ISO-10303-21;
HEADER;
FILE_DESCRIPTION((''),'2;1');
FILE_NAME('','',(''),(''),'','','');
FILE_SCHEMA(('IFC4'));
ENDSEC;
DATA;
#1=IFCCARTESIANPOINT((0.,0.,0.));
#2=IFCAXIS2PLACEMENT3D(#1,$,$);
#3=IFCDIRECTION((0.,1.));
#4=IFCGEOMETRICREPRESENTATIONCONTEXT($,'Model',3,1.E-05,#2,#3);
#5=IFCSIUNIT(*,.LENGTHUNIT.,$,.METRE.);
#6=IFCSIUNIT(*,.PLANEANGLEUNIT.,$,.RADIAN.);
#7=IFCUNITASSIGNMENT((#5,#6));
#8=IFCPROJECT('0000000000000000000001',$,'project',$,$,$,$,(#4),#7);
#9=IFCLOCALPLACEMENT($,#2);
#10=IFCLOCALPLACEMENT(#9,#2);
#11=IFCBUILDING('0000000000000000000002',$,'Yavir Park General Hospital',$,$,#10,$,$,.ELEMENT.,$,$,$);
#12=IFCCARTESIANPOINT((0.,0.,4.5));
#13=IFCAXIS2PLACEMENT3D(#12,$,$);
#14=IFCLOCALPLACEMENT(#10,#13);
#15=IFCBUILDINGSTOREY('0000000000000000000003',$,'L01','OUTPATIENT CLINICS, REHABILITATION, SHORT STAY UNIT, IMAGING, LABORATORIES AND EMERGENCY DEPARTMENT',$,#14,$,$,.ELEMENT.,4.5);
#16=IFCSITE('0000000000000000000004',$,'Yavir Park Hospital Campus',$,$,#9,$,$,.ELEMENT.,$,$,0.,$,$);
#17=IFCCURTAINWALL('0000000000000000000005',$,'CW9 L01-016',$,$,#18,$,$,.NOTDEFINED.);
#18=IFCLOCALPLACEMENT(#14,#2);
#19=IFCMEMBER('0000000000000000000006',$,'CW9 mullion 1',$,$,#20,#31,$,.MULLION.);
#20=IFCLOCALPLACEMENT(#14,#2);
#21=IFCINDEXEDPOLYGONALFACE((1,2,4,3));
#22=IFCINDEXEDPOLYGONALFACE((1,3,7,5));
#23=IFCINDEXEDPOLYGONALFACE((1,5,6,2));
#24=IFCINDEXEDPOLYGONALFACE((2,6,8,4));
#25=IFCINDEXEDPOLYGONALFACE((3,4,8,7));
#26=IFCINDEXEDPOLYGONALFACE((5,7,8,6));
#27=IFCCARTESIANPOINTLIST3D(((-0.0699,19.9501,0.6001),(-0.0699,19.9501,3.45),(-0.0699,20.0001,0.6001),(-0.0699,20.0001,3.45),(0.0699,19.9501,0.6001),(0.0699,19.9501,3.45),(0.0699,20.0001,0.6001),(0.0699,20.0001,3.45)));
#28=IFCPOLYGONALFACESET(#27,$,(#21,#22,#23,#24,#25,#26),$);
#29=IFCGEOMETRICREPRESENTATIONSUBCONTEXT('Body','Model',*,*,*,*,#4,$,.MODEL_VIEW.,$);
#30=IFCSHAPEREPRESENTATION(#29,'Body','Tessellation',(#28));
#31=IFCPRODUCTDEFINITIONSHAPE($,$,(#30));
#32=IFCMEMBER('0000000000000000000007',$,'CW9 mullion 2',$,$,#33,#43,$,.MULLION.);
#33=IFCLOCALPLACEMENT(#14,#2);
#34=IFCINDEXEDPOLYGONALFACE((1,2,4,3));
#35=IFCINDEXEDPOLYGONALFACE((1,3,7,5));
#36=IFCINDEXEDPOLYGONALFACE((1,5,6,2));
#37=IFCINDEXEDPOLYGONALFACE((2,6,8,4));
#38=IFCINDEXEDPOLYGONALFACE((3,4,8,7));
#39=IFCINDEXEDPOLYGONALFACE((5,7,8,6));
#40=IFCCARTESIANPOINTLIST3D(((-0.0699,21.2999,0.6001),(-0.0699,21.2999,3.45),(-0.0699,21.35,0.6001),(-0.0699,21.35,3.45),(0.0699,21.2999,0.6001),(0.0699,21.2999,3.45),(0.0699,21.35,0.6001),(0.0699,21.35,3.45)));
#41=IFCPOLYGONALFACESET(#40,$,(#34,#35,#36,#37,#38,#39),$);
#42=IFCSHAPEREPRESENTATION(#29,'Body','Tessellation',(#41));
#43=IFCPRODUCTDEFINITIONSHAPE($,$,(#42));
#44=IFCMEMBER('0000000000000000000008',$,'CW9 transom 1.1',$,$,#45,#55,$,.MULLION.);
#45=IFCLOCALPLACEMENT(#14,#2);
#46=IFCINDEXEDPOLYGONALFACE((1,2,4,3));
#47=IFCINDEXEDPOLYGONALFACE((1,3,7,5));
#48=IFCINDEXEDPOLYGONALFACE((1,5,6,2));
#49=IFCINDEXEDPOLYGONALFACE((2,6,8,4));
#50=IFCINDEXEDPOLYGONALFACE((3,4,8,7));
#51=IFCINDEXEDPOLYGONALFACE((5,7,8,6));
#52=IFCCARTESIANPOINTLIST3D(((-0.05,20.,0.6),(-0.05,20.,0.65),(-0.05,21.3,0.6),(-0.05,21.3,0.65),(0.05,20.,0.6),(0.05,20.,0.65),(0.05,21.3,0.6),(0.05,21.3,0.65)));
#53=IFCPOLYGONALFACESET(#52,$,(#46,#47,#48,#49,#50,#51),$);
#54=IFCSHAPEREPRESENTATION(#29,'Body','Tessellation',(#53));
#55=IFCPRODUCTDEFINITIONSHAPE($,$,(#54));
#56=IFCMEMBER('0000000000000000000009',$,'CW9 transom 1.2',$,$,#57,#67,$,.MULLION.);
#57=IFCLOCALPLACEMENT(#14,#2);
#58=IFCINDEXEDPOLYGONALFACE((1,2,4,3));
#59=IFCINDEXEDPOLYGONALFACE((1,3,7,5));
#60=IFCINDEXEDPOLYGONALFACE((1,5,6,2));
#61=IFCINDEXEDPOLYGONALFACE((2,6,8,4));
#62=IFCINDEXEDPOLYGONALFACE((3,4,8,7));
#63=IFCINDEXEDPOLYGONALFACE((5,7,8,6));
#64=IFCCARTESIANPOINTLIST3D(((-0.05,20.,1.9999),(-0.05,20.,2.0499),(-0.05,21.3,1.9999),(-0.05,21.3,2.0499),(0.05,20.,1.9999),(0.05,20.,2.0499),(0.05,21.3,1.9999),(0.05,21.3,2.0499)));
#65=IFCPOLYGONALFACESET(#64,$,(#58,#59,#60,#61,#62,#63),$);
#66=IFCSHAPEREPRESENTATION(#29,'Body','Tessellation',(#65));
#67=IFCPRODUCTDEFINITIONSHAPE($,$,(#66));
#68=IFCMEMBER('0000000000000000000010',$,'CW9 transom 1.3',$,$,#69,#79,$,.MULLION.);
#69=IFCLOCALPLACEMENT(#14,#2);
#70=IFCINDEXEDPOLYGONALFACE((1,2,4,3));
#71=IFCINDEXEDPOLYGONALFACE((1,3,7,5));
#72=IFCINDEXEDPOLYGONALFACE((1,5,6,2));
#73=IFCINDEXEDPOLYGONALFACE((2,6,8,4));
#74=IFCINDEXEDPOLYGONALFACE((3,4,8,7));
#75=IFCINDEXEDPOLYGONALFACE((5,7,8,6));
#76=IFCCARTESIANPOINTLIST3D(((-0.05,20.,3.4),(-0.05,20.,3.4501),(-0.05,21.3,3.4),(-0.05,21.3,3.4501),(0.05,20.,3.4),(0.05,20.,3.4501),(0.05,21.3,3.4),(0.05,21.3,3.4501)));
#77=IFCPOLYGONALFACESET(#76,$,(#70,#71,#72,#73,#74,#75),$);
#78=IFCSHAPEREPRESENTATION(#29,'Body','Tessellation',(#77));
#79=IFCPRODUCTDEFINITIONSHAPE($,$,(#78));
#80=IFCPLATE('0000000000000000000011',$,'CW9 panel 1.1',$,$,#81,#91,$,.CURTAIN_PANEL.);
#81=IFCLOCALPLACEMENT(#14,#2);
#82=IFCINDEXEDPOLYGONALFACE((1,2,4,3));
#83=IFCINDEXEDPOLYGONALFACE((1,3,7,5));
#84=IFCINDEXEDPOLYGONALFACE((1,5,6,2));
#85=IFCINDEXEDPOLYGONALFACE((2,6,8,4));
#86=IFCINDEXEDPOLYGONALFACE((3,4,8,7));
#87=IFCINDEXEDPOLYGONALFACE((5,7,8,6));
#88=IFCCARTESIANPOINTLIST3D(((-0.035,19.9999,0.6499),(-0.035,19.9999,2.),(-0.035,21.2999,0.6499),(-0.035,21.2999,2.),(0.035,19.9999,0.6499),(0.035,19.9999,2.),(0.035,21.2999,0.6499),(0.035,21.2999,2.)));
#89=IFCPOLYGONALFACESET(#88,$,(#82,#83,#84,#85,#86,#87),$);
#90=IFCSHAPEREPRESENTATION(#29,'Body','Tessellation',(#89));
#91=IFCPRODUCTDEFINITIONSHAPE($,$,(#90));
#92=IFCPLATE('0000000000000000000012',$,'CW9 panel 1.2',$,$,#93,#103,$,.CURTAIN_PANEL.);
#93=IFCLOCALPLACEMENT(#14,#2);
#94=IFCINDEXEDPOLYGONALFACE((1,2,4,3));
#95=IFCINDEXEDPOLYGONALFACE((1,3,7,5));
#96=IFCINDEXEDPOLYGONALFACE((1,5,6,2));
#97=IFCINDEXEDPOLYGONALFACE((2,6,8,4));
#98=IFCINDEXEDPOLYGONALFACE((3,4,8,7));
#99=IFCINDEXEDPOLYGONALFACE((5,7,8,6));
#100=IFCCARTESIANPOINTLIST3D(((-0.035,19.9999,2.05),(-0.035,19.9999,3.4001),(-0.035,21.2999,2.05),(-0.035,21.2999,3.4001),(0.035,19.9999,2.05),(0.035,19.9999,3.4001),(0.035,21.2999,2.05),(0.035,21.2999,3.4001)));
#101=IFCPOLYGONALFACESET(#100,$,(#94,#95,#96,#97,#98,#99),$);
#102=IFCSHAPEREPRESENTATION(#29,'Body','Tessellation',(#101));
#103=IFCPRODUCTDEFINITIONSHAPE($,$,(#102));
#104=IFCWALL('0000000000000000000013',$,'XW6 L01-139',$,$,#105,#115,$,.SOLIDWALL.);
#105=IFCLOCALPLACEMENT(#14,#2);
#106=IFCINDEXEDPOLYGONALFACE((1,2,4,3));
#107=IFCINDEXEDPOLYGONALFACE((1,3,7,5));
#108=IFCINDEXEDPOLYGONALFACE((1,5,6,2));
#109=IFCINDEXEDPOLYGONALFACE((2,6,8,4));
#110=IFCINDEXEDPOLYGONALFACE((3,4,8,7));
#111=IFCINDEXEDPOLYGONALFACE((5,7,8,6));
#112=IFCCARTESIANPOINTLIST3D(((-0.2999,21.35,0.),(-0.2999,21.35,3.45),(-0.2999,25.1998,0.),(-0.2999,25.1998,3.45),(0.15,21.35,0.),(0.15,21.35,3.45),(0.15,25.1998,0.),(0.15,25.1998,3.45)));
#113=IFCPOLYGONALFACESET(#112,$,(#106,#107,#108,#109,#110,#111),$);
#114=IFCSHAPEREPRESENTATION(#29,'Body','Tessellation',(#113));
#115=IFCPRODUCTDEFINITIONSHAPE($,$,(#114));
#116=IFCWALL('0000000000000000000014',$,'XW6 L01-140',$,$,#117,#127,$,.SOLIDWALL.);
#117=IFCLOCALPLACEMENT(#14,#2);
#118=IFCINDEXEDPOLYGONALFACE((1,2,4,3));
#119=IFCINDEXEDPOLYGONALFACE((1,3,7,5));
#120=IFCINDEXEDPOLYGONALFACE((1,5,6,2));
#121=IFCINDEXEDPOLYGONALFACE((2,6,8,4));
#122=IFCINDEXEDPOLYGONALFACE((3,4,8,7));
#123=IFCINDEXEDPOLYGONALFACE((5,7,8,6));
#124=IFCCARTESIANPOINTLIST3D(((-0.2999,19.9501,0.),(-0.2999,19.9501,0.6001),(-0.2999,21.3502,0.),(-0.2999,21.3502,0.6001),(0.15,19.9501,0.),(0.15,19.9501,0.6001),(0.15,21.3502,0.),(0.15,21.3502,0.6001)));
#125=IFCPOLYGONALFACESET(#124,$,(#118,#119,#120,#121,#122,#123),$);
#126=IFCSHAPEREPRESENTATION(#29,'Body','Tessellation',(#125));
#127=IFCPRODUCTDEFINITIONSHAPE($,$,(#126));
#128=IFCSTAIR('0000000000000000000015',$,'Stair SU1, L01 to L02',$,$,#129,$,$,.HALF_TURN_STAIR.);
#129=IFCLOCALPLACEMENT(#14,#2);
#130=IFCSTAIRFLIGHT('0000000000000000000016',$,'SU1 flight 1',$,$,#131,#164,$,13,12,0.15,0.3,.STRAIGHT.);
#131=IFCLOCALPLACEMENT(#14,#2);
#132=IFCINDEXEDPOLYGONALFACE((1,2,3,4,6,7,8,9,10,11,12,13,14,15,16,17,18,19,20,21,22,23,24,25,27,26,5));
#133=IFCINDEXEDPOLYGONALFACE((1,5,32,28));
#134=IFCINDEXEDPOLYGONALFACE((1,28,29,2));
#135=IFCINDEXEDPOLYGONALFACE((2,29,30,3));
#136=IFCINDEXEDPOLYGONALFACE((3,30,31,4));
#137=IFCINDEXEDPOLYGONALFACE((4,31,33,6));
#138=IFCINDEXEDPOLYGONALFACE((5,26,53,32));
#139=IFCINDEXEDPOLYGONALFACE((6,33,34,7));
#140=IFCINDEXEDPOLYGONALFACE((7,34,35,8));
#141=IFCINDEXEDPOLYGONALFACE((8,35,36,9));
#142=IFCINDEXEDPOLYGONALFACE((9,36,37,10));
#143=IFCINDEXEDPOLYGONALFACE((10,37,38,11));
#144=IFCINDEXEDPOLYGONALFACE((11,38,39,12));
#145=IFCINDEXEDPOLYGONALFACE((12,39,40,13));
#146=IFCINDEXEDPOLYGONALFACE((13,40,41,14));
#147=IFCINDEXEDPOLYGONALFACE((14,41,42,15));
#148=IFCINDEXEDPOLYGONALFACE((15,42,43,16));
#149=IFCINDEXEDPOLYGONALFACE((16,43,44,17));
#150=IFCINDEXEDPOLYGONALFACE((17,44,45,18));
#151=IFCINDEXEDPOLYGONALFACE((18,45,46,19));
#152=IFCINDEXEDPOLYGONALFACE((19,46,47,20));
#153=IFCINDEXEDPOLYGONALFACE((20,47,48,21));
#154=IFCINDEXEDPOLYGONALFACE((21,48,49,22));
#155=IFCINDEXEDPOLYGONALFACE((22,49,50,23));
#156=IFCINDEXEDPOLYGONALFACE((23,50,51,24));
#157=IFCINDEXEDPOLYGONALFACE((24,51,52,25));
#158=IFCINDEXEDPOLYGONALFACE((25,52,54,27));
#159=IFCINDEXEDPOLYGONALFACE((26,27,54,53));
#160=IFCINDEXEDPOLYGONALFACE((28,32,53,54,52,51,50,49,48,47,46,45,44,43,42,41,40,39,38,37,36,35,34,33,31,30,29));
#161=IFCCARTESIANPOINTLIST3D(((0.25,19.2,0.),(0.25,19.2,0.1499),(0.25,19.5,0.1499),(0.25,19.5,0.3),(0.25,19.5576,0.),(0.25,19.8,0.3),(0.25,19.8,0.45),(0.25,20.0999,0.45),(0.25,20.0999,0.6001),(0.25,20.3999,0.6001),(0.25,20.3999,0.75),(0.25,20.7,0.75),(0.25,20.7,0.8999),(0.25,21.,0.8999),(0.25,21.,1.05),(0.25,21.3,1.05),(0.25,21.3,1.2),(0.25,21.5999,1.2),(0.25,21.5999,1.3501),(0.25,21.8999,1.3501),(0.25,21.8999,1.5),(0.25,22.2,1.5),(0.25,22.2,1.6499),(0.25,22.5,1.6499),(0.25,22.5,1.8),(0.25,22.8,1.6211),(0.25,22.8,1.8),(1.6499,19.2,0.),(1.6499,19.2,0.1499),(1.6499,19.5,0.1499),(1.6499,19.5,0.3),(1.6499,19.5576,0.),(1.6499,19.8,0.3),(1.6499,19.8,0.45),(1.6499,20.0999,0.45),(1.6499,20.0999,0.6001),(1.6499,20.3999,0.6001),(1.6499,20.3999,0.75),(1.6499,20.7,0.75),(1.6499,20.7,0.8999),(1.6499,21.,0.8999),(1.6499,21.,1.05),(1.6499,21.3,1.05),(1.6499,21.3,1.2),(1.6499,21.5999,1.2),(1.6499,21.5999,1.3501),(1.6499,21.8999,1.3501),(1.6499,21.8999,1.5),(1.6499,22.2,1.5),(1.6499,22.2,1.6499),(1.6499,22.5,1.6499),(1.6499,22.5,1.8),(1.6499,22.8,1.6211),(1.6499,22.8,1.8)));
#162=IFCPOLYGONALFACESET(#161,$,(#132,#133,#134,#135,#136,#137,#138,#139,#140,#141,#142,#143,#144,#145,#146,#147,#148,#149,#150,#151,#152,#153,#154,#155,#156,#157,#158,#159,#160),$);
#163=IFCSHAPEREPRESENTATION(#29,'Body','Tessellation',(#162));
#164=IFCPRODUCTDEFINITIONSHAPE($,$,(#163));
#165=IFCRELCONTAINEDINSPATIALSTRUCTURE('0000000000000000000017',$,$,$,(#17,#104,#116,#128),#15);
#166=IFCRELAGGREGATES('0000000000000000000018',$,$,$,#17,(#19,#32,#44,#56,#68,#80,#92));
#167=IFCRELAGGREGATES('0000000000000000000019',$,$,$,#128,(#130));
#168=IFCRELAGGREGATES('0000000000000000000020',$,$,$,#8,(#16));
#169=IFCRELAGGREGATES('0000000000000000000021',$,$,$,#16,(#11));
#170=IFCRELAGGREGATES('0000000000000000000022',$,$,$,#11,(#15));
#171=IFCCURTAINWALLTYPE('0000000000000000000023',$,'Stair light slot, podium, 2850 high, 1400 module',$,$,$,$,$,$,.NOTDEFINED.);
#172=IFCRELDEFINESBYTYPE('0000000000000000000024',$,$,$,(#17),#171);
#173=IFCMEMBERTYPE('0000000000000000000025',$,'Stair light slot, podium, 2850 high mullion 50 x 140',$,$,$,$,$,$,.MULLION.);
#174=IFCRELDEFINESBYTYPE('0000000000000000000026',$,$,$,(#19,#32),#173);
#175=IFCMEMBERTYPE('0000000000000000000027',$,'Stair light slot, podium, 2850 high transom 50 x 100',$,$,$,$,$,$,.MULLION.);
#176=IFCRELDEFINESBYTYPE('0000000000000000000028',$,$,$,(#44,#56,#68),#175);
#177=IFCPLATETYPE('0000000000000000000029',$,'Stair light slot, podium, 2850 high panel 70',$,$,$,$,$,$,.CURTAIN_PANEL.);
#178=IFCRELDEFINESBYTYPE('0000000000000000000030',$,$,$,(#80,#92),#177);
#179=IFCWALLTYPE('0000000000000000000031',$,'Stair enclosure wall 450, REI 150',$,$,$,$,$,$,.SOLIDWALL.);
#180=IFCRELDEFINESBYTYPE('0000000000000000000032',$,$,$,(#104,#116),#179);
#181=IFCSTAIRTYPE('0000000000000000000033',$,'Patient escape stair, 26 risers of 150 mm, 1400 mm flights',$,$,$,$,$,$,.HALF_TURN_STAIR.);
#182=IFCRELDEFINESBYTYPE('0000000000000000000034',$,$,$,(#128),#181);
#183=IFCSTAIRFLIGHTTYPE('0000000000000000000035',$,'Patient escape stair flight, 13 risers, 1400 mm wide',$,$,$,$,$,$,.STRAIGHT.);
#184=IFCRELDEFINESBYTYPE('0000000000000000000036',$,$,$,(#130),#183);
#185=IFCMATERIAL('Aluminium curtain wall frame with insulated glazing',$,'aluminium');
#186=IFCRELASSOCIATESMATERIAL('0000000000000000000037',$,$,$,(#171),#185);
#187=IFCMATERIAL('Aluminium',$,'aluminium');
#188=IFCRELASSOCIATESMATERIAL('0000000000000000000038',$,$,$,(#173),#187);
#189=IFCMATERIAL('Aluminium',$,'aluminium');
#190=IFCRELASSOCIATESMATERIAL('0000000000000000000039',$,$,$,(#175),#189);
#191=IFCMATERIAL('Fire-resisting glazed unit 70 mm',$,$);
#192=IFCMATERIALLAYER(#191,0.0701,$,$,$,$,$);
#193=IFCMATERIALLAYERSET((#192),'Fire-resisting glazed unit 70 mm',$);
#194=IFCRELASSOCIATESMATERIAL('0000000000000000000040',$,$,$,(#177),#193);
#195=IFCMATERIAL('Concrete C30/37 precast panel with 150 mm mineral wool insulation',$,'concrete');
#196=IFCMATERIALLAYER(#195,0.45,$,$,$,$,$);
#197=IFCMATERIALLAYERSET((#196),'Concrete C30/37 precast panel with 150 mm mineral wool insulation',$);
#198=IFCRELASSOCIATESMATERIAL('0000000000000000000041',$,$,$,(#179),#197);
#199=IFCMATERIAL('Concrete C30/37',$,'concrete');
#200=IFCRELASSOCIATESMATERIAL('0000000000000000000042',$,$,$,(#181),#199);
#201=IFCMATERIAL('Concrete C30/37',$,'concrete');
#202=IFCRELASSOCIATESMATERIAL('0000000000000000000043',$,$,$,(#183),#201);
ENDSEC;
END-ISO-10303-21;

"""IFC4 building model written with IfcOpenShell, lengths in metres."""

from ifc_helpers import new_model, si_unit, direction, frame, frame_2d, origin, origin_2d, place, context, subcontext, project, spatial, polyline, rectangle, outline, extrude, material, layer, layer_set, material_profile, profile_set, type_object, element, aggregate, save


model = new_model("IFC4")

# Units and contexts
model_context = context("Model", 3, precision=1e-05, world=origin(), true_north=direction((0.0, 1.0)))
body_context = subcontext(model_context, "Body", "Model", "MODEL_VIEW")
ifc_project = project(units=[si_unit("LENGTHUNIT", "METRE"), si_unit("PLANEANGLEUNIT", "RADIAN")], contexts=[model_context])

# Site, building, storey
site_placement = place(None, origin())
site = spatial("IfcSite", under=ifc_project, at=site_placement, Name="Yavir Park Hospital Campus", CompositionType="ELEMENT", RefElevation=0.0)
building_placement = place(site_placement, origin())
building = spatial("IfcBuilding", under=site, at=building_placement, Name="Yavir Park General Hospital", CompositionType="ELEMENT")
storey_placement = place(building_placement, frame((0.0, 0.0, 4.5)))
storey = spatial("IfcBuildingStorey", under=building, at=storey_placement, Name="L01", Description="OUTPATIENT CLINICS, REHABILITATION, SHORT STAY UNIT, IMAGING, LABORATORIES AND EMERGENCY DEPARTMENT", CompositionType="ELEMENT", Elevation=4.5)

# Curtain wall, members, plates
ifc_material_1 = material(Name="Aluminium curtain wall frame with insulated glazing", Category="aluminium")
curtain_wall_type = type_object("IfcCurtainWallType", Name="Stair light slot, podium, 2850 high, 1400 module", PredefinedType="NOTDEFINED", material=ifc_material_1)
curtain_wall_placement = place(storey_placement, origin())
curtain_wall = element("IfcCurtainWall", 1, at=curtain_wall_placement, inside=storey, type_object=curtain_wall_type, Name="CW9 L01-016", PredefinedType="NOTDEFINED")
ifc_material_2 = material(Name="Aluminium", Category="aluminium")
ifc_material_profile_1 = material_profile(ifc_material_2, rectangle(XDim=0.1399, YDim=0.05, at=origin_2d()), Name="AL 50x140")
ifc_profile_set_1 = profile_set([ifc_material_profile_1], Name="Aluminium")
member_type_1 = type_object("IfcMemberType", Name="Stair light slot, podium, 2850 high mullion 50 x 140", PredefinedType="MULLION", material=ifc_profile_set_1)
member_1_placement = place(storey_placement, frame((0.0, 19.9751, 0.6001), z_axis=(0.0, 0.0, 1.0), x_axis=(-1.0, 0.0, 0.0)))
member_1 = element("IfcMember", 2, at=member_1_placement, type_object=member_type_1, Name="CW9 mullion 1", PredefinedType="MULLION", context=body_context, shape_type="SweptSolid", body=[
    extrude(rectangle(XDim=0.1399, YDim=0.05, at=origin_2d()), origin(), (0.0, 0.0, 1.0), 2.8499),
])
member_2_placement = place(storey_placement, frame((0.0, 21.325, 0.6001), z_axis=(0.0, 0.0, 1.0), x_axis=(-1.0, 0.0, 0.0)))
member_2 = element("IfcMember", 3, at=member_2_placement, type_object=member_type_1, Name="CW9 mullion 2", PredefinedType="MULLION", context=body_context, shape_type="SweptSolid", body=[
    extrude(rectangle(XDim=0.1399, YDim=0.05, at=origin_2d()), origin(), (0.0, 0.0, 1.0), 2.8499),
])
ifc_material_3 = material(Name="Aluminium", Category="aluminium")
ifc_material_profile_2 = material_profile(ifc_material_3, rectangle(XDim=0.1001, YDim=0.05, at=origin_2d()), Name="AL 100x50")
ifc_profile_set_2 = profile_set([ifc_material_profile_2], Name="Aluminium")
member_type_2 = type_object("IfcMemberType", Name="Stair light slot, podium, 2850 high transom 50 x 100", PredefinedType="MULLION", material=ifc_profile_set_2)
member_3_placement = place(storey_placement, frame((0.0, 20.0, 0.625), z_axis=(0.0, 1.0, 0.0), x_axis=(-1.0, 0.0, 0.0)))
member_3 = element("IfcMember", 4, at=member_3_placement, type_object=member_type_2, Name="CW9 transom 1.1", PredefinedType="MULLION", context=body_context, shape_type="SweptSolid", body=[
    extrude(rectangle(XDim=0.1001, YDim=0.05, at=origin_2d()), origin(), (0.0, 0.0, 1.0), 1.3),
])
member_4_placement = place(storey_placement, frame((0.0, 20.0, 2.0249), z_axis=(0.0, 1.0, 0.0), x_axis=(-1.0, 0.0, 0.0)))
member_4 = element("IfcMember", 5, at=member_4_placement, type_object=member_type_2, Name="CW9 transom 1.2", PredefinedType="MULLION", context=body_context, shape_type="SweptSolid", body=[
    extrude(rectangle(XDim=0.1001, YDim=0.05, at=origin_2d()), origin(), (0.0, 0.0, 1.0), 1.3),
])
member_5_placement = place(storey_placement, frame((0.0, 20.0, 3.425), z_axis=(0.0, 1.0, 0.0), x_axis=(-1.0, 0.0, 0.0)))
member_5 = element("IfcMember", 6, at=member_5_placement, type_object=member_type_2, Name="CW9 transom 1.3", PredefinedType="MULLION", context=body_context, shape_type="SweptSolid", body=[
    extrude(rectangle(XDim=0.1001, YDim=0.05, at=origin_2d()), origin(), (0.0, 0.0, 1.0), 1.3),
])
ifc_material_4 = material(Name="Fire-resisting glazed unit 70 mm")
ifc_layer_1 = layer(ifc_material_4, 0.0701)
ifc_layer_set_1 = layer_set([ifc_layer_1], Name="Fire-resisting glazed unit 70 mm")
plate_type = type_object("IfcPlateType", Name="Stair light slot, podium, 2850 high panel 70", PredefinedType="CURTAIN_PANEL", material=ifc_layer_set_1)
plate_1_placement = place(storey_placement, frame((0.0, 20.6499, 0.6499), z_axis=(0.0, 0.0, 1.0), x_axis=(0.0, 1.0, 0.0)))
plate_1 = element("IfcPlate", 7, at=plate_1_placement, type_object=plate_type, Name="CW9 panel 1.1", PredefinedType="CURTAIN_PANEL", context=body_context, shape_type="SweptSolid", body=[
    extrude(rectangle(XDim=1.3, YDim=0.0701, at=origin_2d()), origin(), (0.0, 0.0, 1.0), 1.3501),
])
plate_2_placement = place(storey_placement, frame((0.0, 20.6499, 2.05), z_axis=(0.0, 0.0, 1.0), x_axis=(0.0, 1.0, 0.0)))
plate_2 = element("IfcPlate", 8, at=plate_2_placement, type_object=plate_type, Name="CW9 panel 1.2", PredefinedType="CURTAIN_PANEL", context=body_context, shape_type="SweptSolid", body=[
    extrude(rectangle(XDim=1.3, YDim=0.0701, at=origin_2d()), origin(), (0.0, 0.0, 1.0), 1.3501),
])
aggregate(curtain_wall, [member_1, member_2, member_3, member_4, member_5, plate_1, plate_2])

# Walls
ifc_material_5 = material(Name="Concrete C30/37 precast panel with 150 mm mineral wool insulation", Category="concrete")
ifc_layer_2 = layer(ifc_material_5, 0.45)
ifc_layer_set_2 = layer_set([ifc_layer_2], Name="Concrete C30/37 precast panel with 150 mm mineral wool insulation")
wall_type = type_object("IfcWallType", Name="Stair enclosure wall 450, REI 150", PredefinedType="SOLIDWALL", material=ifc_layer_set_2)
wall_1_placement = place(storey_placement, frame((-0.075, 21.3501, 0.0), z_axis=(0.0, 0.0, 1.0), x_axis=(0.0, 1.0, 0.0)))
element("IfcWall", 9, at=wall_1_placement, inside=storey, type_object=wall_type, Name="XW6 L01-139", PredefinedType="SOLIDWALL", context=body_context, shape_type="SweptSolid", body=[
    extrude(rectangle(XDim=3.8499, YDim=0.45, at=frame_2d((1.9248, 0.0))), origin(), (0.0, 0.0, 1.0), 3.45),
])
wall_2_placement = place(storey_placement, frame((-0.075, 19.95, 0.0), z_axis=(0.0, 0.0, 1.0), x_axis=(0.0, 1.0, 0.0)))
element("IfcWall", 10, at=wall_2_placement, inside=storey, type_object=wall_type, Name="XW6 L01-140", PredefinedType="SOLIDWALL", context=body_context, shape_type="SweptSolid", body=[
    extrude(rectangle(XDim=1.4001, YDim=0.45, at=frame_2d((0.7002, 0.0))), origin(), (0.0, 0.0, 1.0), 0.6001),
])

# Stair, stair flight
ifc_material_6 = material(Name="Concrete C30/37", Category="concrete")
stair_type = type_object("IfcStairType", Name="Patient escape stair, 26 risers of 150 mm, 1400 mm flights", PredefinedType="HALF_TURN_STAIR", material=ifc_material_6)
stair_placement = place(storey_placement, origin())
stair = element("IfcStair", 11, at=stair_placement, inside=storey, type_object=stair_type, Name="Stair SU1, L01 to L02", PredefinedType="HALF_TURN_STAIR")
ifc_material_7 = material(Name="Concrete C30/37", Category="concrete")
stair_flight_type = type_object("IfcStairFlightType", Name="Patient escape stair flight, 13 risers, 1400 mm wide", PredefinedType="STRAIGHT", material=ifc_material_7)
stair_flight_placement = place(storey_placement, frame((0.95, 19.2, 0.0), z_axis=(0.0, 0.0, 1.0), x_axis=(0.0, 1.0, 0.0)))
stair_flight = element("IfcStairFlight", 12, at=stair_flight_placement, type_object=stair_flight_type, Name="SU1 flight 1", NumberOfRisers=13, NumberOfTreads=12, PredefinedType="STRAIGHT", RiserHeight=0.15, TreadLength=0.3, context=body_context, shape_type="SweptSolid", body=[
    extrude(outline(polyline([(0.0, 0.0), (0.0, 0.1499), (0.3, 0.1499), (0.3, 0.3), (0.6001, 0.3), (0.6001, 0.45), (0.8999, 0.45), (0.8999, 0.6001), (1.2, 0.6001), (1.2, 0.75), (1.5, 0.75), (1.5, 0.8999), (1.8, 0.8999), (1.8, 1.05), (2.1001, 1.05), (2.1001, 1.2), (2.3999, 1.2), (2.3999, 1.3501), (2.7, 1.3501), (2.7, 1.5), (3.0, 1.5), (3.0, 1.6499), (3.3, 1.6499), (3.3, 1.8), (3.6001, 1.8), (3.6001, 1.95), (3.6001, 1.6211), (0.3577, 0.0), (0.0, 0.0)])), frame((0.0, 0.7, 0.0), z_axis=(0.0, -1.0, 0.0), x_axis=(1.0, 0.0, 0.0)), (0.0, 0.0, 1.0), 1.3999),
])
aggregate(stair, [stair_flight])

save(model, "model.ifc")
